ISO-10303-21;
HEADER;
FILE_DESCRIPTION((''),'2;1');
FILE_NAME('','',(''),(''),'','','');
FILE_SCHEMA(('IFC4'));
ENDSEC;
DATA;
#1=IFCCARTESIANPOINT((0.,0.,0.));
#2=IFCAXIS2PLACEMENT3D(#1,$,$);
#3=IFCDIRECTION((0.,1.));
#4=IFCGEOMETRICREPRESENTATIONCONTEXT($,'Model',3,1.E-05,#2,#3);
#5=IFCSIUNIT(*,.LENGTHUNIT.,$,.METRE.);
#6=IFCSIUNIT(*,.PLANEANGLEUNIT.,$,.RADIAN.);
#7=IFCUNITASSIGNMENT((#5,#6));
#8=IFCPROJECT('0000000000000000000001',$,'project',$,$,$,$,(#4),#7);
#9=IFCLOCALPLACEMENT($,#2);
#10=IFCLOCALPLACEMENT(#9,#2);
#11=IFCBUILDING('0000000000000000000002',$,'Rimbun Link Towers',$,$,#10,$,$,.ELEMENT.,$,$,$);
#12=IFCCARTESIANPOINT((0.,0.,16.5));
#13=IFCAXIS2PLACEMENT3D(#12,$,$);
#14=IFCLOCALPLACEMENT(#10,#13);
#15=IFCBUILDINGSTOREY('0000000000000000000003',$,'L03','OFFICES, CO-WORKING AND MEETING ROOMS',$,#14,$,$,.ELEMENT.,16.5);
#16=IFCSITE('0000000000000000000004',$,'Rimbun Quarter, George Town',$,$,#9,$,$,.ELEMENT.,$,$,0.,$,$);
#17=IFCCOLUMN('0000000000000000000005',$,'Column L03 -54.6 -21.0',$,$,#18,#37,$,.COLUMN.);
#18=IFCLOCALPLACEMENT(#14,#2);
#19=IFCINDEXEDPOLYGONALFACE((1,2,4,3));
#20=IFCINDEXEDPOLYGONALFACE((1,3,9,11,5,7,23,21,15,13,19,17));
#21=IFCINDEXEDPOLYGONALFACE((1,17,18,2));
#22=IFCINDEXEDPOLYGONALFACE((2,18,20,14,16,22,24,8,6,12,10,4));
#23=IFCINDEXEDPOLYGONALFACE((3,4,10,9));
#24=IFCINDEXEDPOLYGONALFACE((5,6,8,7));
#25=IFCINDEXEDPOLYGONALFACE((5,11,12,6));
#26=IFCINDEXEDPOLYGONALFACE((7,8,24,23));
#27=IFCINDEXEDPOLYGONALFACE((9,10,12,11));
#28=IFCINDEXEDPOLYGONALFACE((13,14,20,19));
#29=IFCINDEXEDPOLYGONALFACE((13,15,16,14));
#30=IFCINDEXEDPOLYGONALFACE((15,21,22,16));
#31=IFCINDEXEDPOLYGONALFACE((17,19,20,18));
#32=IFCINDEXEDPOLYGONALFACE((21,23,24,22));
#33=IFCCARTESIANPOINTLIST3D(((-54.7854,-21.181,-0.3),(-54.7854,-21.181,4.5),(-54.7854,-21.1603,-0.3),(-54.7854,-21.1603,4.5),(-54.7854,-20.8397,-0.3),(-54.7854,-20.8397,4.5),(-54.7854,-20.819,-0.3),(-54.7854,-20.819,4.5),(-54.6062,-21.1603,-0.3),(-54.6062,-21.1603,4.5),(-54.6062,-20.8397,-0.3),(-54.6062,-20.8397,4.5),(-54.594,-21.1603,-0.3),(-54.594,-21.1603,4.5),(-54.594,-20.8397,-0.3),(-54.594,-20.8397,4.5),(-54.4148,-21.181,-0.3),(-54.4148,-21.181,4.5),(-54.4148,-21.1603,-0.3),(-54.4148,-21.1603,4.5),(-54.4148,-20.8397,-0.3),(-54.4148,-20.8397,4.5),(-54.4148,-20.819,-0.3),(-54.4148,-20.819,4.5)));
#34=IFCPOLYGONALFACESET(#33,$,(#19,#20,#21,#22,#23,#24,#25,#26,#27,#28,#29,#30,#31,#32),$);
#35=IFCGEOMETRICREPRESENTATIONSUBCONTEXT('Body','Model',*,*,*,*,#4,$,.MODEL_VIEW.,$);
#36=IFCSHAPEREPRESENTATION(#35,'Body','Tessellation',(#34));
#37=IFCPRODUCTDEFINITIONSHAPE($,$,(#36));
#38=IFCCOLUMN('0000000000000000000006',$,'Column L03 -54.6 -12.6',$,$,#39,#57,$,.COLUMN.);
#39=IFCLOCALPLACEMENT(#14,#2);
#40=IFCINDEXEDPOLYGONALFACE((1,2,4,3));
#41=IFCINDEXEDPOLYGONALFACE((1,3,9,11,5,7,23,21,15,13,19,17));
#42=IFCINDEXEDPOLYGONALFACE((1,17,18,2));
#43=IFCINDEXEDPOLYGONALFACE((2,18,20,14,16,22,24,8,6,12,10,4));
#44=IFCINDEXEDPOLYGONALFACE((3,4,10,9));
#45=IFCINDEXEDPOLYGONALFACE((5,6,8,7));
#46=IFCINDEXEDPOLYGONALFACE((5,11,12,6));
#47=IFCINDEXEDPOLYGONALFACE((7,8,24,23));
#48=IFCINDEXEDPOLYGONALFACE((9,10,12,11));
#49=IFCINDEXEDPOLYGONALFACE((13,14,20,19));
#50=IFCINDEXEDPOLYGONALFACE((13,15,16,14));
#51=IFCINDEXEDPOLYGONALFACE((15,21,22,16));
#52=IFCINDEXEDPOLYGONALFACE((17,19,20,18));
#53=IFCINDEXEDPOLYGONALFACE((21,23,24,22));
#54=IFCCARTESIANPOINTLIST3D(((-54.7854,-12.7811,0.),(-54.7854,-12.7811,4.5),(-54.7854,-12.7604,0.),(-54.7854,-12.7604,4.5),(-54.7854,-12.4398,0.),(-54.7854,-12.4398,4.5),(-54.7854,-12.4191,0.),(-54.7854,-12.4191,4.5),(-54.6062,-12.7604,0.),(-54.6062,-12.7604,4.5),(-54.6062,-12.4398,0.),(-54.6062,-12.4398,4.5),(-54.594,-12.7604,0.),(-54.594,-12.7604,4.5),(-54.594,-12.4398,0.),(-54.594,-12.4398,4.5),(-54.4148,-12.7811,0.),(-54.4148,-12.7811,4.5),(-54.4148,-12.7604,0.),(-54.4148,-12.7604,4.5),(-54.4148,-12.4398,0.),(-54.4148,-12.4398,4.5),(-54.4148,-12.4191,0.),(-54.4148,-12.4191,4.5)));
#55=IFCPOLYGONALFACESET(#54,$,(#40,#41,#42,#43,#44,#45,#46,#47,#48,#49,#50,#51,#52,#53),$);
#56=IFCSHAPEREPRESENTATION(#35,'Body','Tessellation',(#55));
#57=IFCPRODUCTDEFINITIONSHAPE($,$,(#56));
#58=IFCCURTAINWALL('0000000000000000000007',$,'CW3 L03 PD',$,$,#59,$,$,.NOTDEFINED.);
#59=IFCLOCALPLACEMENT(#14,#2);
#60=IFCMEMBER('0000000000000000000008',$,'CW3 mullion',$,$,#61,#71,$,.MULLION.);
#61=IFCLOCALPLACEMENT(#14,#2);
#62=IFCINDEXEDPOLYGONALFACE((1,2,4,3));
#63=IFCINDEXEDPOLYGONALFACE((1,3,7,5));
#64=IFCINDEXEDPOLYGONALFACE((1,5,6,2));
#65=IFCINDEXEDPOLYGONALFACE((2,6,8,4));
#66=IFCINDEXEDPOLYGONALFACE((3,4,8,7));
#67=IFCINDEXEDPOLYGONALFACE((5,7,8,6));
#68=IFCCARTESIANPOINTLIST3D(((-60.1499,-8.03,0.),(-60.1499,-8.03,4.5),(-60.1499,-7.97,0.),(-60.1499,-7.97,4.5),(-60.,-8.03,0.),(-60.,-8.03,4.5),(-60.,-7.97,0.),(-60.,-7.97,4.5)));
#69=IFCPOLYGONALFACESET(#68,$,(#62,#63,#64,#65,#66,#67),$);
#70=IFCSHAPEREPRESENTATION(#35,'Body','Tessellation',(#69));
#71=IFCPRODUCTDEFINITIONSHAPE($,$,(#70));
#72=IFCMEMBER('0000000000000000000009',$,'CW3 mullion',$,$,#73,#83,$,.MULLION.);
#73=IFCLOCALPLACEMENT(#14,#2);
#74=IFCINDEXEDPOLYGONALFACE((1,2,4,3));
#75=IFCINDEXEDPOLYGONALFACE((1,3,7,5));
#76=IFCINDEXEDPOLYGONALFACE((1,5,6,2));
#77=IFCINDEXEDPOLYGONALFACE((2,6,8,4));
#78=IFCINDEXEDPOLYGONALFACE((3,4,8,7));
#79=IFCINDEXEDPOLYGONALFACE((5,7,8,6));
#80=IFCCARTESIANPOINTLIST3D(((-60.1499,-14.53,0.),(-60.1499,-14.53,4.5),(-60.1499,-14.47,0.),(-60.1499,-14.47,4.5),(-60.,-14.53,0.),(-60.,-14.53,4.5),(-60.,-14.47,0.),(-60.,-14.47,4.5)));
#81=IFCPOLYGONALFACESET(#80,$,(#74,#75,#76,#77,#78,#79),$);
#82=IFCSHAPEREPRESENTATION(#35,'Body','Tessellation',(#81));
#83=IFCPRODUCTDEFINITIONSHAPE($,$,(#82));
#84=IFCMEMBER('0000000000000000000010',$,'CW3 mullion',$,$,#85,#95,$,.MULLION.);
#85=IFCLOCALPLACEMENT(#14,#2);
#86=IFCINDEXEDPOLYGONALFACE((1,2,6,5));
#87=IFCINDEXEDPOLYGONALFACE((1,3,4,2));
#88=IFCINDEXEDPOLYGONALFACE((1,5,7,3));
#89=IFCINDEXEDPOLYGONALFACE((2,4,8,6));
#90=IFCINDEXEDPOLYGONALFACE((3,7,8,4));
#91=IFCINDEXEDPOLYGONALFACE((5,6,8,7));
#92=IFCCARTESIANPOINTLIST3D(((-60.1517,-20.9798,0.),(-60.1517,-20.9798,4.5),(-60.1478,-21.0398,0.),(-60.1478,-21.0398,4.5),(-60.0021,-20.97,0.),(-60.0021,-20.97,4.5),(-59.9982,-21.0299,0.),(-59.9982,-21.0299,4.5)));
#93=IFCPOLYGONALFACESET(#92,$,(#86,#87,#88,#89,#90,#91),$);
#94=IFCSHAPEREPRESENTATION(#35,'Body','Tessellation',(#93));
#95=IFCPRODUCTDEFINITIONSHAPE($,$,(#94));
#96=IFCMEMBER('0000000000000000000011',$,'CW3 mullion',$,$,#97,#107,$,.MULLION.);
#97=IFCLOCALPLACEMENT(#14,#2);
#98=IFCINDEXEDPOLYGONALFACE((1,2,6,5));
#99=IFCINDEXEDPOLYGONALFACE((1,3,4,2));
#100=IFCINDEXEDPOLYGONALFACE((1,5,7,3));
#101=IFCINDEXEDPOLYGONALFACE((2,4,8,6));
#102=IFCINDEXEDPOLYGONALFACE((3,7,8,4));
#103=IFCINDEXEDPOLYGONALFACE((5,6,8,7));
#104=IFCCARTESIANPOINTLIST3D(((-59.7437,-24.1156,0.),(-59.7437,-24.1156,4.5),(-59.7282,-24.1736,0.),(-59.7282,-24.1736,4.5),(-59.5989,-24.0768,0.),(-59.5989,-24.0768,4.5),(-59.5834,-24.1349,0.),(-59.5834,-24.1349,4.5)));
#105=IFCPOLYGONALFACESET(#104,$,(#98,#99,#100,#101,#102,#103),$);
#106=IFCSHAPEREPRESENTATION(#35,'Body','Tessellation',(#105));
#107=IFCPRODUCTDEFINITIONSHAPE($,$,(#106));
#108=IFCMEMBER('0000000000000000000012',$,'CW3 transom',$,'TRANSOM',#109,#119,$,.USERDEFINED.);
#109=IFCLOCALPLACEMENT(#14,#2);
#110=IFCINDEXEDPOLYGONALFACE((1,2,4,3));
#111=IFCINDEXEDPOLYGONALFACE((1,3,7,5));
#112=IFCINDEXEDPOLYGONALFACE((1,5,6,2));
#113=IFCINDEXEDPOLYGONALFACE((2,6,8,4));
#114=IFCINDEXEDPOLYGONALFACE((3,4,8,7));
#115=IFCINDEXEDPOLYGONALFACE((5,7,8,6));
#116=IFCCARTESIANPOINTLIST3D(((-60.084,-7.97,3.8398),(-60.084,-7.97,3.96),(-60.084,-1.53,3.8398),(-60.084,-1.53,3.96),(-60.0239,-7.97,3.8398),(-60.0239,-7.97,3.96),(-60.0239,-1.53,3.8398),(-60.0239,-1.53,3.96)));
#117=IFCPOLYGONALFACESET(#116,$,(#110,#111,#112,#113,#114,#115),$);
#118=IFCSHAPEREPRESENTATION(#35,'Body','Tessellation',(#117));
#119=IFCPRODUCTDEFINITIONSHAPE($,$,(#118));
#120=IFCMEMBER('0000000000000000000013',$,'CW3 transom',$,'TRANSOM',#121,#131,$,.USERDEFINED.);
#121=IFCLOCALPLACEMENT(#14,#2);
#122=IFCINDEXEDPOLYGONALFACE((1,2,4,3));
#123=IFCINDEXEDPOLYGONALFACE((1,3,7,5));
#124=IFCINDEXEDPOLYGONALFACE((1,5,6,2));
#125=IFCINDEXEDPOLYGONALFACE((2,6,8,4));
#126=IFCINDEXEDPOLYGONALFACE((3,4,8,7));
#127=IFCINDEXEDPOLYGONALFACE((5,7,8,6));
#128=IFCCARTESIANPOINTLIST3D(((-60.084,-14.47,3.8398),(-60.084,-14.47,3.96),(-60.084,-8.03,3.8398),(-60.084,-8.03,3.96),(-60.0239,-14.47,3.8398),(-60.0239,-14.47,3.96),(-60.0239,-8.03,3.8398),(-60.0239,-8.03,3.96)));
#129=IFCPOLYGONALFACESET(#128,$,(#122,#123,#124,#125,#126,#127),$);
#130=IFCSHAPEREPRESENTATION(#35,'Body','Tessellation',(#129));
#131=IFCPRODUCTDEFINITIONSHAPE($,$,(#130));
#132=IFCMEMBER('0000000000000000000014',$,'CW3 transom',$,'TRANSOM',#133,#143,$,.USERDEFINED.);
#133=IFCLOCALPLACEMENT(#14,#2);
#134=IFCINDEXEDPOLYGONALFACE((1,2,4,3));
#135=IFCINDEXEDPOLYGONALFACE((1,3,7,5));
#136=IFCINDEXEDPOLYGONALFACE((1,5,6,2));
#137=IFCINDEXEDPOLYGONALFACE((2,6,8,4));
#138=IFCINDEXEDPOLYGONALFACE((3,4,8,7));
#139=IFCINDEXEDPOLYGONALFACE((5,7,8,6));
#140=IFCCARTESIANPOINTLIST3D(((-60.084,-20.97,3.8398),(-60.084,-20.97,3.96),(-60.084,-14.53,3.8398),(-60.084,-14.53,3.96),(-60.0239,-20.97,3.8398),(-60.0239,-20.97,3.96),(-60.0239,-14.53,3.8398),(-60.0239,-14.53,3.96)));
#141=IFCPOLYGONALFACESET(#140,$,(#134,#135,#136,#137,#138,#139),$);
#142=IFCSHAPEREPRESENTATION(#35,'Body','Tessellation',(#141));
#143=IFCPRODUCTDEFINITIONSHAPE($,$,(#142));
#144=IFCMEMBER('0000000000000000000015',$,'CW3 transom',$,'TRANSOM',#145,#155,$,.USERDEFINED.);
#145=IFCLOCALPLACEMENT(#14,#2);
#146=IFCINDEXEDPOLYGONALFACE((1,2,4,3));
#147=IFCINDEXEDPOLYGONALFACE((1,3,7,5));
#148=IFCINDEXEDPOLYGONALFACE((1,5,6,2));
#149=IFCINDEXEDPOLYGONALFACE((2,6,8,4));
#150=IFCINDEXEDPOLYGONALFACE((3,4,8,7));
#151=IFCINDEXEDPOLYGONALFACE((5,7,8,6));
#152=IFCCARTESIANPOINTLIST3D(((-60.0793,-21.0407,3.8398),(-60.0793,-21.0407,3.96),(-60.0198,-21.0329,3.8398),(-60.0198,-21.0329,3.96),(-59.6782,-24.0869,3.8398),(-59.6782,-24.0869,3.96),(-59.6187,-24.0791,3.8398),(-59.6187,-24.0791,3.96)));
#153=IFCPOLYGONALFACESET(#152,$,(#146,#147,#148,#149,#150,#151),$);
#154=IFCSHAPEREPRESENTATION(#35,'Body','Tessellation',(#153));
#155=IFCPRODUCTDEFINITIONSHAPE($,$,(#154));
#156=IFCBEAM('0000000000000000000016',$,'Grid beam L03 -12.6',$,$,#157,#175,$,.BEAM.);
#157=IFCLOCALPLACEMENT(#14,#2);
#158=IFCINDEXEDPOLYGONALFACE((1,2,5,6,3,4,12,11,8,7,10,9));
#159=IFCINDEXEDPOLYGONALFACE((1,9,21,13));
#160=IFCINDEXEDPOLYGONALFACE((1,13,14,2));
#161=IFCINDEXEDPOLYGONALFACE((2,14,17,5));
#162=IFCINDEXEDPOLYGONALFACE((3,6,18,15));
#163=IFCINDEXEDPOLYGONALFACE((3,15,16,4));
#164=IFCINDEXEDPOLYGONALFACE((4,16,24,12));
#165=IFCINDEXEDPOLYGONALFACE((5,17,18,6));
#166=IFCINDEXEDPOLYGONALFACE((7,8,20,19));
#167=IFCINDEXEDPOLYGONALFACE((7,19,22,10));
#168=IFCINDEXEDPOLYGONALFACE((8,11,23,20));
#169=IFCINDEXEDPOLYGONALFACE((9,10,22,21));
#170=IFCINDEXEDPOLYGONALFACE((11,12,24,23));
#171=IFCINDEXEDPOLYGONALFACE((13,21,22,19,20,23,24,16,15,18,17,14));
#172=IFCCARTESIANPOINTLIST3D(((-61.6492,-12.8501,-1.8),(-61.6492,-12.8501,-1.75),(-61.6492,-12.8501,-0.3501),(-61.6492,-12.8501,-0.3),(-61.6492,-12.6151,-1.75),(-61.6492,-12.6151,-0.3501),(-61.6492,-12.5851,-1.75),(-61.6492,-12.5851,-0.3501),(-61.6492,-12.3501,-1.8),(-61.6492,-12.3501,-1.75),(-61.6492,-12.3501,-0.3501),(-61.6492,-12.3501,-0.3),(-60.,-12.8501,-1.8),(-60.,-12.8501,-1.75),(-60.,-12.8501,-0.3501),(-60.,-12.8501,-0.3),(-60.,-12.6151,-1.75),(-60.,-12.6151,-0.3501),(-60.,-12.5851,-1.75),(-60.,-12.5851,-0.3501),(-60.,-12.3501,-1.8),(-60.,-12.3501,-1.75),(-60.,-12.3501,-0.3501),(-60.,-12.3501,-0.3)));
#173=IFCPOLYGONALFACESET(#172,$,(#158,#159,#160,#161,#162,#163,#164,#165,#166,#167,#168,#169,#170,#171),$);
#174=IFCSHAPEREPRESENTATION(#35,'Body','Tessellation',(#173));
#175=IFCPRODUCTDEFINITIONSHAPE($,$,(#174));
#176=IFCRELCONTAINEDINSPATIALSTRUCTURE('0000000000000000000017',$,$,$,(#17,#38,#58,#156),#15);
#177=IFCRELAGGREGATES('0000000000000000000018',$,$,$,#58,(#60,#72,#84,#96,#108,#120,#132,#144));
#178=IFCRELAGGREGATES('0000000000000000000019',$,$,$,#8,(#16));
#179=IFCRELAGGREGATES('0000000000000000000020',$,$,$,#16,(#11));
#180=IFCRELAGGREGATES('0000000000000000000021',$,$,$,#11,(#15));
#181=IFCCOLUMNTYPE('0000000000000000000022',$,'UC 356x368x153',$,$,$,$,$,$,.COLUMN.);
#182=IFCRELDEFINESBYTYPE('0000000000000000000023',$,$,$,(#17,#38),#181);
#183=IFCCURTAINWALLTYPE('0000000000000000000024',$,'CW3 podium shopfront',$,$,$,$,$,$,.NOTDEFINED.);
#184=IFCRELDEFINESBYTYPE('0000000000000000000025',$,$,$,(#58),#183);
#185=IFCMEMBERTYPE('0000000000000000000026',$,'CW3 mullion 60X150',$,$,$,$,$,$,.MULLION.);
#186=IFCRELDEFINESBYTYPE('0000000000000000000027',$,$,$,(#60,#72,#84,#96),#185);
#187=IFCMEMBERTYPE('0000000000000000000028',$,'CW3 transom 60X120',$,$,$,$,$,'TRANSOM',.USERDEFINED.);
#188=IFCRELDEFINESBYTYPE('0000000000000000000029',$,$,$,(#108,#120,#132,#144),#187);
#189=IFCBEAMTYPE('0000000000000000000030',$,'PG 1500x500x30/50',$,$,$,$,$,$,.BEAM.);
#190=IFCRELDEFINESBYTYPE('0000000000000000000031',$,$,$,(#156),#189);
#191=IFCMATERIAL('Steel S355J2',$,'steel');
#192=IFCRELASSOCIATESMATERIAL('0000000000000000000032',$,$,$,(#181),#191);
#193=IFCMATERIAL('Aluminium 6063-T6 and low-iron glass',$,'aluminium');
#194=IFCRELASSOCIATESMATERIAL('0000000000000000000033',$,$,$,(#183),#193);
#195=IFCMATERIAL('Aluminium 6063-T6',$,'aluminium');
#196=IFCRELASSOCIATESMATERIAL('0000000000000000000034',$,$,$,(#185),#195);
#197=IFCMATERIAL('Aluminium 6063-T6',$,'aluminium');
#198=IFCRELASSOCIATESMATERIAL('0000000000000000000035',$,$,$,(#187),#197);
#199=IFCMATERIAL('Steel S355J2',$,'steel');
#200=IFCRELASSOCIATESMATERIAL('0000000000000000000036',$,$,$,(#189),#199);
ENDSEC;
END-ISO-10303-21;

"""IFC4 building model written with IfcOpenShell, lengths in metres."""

from ifc_helpers import new_model, si_unit, direction, frame, origin, origin_2d, place, context, subcontext, project, spatial, rectangle, i_section, extrude, material, material_profile, profile_set, type_object, element, aggregate, save


model = new_model("IFC4")

# Units and contexts
model_context = context("Model", 3, precision=1e-05, world=origin(), true_north=direction((0.0, 1.0)))
body_context = subcontext(model_context, "Body", "Model", "MODEL_VIEW")
ifc_project = project(units=[si_unit("LENGTHUNIT", "METRE"), si_unit("PLANEANGLEUNIT", "RADIAN")], contexts=[model_context])

# Site, building, storey
site_placement = place(None, origin())
site = spatial("IfcSite", under=ifc_project, at=site_placement, Name="Rimbun Quarter, George Town", CompositionType="ELEMENT", RefElevation=0.0)
building_placement = place(site_placement, origin())
building = spatial("IfcBuilding", under=site, at=building_placement, Name="Rimbun Link Towers", CompositionType="ELEMENT")
storey_placement = place(building_placement, frame((0.0, 0.0, 16.5)))
storey = spatial("IfcBuildingStorey", under=building, at=storey_placement, Name="L03", Description="OFFICES, CO-WORKING AND MEETING ROOMS", CompositionType="ELEMENT", Elevation=16.5)

# Columns
ifc_material_1 = material(Name="Steel S355J2", Category="steel")
ifc_material_profile_1 = material_profile(ifc_material_1, i_section(OverallWidth=0.3706, OverallDepth=0.3621, WebThickness=0.0122, FlangeThickness=0.0208, at=origin_2d()), Name="UC 356x368x153")
ifc_profile_set_1 = profile_set([ifc_material_profile_1], Name="Steel S355J2")
column_type = type_object("IfcColumnType", Name="UC 356x368x153", PredefinedType="COLUMN", material=ifc_profile_set_1)
column_1_placement = place(storey_placement, frame((-54.6001, -21.0, -0.3), z_axis=(0.0, 0.0, 1.0), x_axis=(1.0, 0.0, 0.0)))
element("IfcColumn", 1, at=column_1_placement, inside=storey, type_object=column_type, Name="Column L03 -54.6 -21.0", PredefinedType="COLUMN", context=body_context, shape_type="SweptSolid", body=[
    extrude(i_section(OverallWidth=0.3706, OverallDepth=0.3621, WebThickness=0.0122, FlangeThickness=0.0208, at=origin_2d()), origin(), (0.0, 0.0, 1.0), 4.8),
])
column_2_placement = place(storey_placement, frame((-54.6001, -12.6001, 0.0), z_axis=(0.0, 0.0, 1.0), x_axis=(1.0, 0.0, 0.0)))
element("IfcColumn", 2, at=column_2_placement, inside=storey, type_object=column_type, Name="Column L03 -54.6 -12.6", PredefinedType="COLUMN", context=body_context, shape_type="SweptSolid", body=[
    extrude(i_section(OverallWidth=0.3706, OverallDepth=0.3621, WebThickness=0.0122, FlangeThickness=0.0208, at=origin_2d()), origin(), (0.0, 0.0, 1.0), 4.5),
])

# Curtain wall, members
ifc_material_2 = material(Name="Aluminium 6063-T6 and low-iron glass", Category="aluminium")
curtain_wall_type = type_object("IfcCurtainWallType", Name="CW3 podium shopfront", PredefinedType="NOTDEFINED", material=ifc_material_2)
curtain_wall_placement = place(storey_placement, origin())
curtain_wall = element("IfcCurtainWall", 3, at=curtain_wall_placement, inside=storey, type_object=curtain_wall_type, Name="CW3 L03 PD", PredefinedType="NOTDEFINED")
ifc_material_3 = material(Name="Aluminium 6063-T6", Category="aluminium")
ifc_material_profile_2 = material_profile(ifc_material_3, rectangle(XDim=0.1499, YDim=0.0601, at=origin_2d()), Name="MULLION 60X150")
ifc_profile_set_2 = profile_set([ifc_material_profile_2], Name="Aluminium 6063-T6")
member_type_1 = type_object("IfcMemberType", Name="CW3 mullion 60X150", PredefinedType="MULLION", material=ifc_profile_set_2)
member_1_placement = place(storey_placement, frame((-60.075, -8.0, 0.0), z_axis=(0.0, 0.0, 1.0), x_axis=(-1.0, 0.0, 0.0)))
member_1 = element("IfcMember", 4, at=member_1_placement, type_object=member_type_1, Name="CW3 mullion", PredefinedType="MULLION", context=body_context, shape_type="SweptSolid", body=[
    extrude(rectangle(XDim=0.1499, YDim=0.0601, at=origin_2d()), origin(), (0.0, 0.0, 1.0), 4.5),
])
member_2_placement = place(storey_placement, frame((-60.075, -14.5, 0.0), z_axis=(0.0, 0.0, 1.0), x_axis=(-1.0, 0.0, 0.0)))
member_2 = element("IfcMember", 5, at=member_2_placement, type_object=member_type_1, Name="CW3 mullion", PredefinedType="MULLION", context=body_context, shape_type="SweptSolid", body=[
    extrude(rectangle(XDim=0.1499, YDim=0.0601, at=origin_2d()), origin(), (0.0, 0.0, 1.0), 4.5),
])
member_3_placement = place(storey_placement, frame((-60.075, -21.0049, 0.0), z_axis=(0.0, 0.0, 1.0), x_axis=(-0.997859, -0.065405, 0.0)))
member_3 = element("IfcMember", 6, at=member_3_placement, type_object=member_type_1, Name="CW3 mullion", PredefinedType="MULLION", context=body_context, shape_type="SweptSolid", body=[
    extrude(rectangle(XDim=0.1499, YDim=0.0601, at=origin_2d()), origin(), (0.0, 0.0, 1.0), 4.5),
])
member_4_placement = place(storey_placement, frame((-59.6636, -24.1252, 0.0), z_axis=(0.0, 0.0, 1.0), x_axis=(-0.965926, -0.258819, 0.0)))
member_4 = element("IfcMember", 7, at=member_4_placement, type_object=member_type_1, Name="CW3 mullion", PredefinedType="MULLION", context=body_context, shape_type="SweptSolid", body=[
    extrude(rectangle(XDim=0.1499, YDim=0.0601, at=origin_2d()), origin(), (0.0, 0.0, 1.0), 4.5),
])
ifc_material_4 = material(Name="Aluminium 6063-T6", Category="aluminium")
ifc_material_profile_3 = material_profile(ifc_material_4, rectangle(XDim=0.0601, YDim=0.1201, at=origin_2d()), Name="TRANSOM 60X120")
ifc_profile_set_3 = profile_set([ifc_material_profile_3], Name="Aluminium 6063-T6")
member_type_2 = type_object("IfcMemberType", Name="CW3 transom 60X120", ElementType="TRANSOM", PredefinedType="USERDEFINED", material=ifc_profile_set_3)
member_5_placement = place(storey_placement, frame((-60.054, -7.97, 3.8999), z_axis=(0.0, 1.0, 0.0), x_axis=(-1.0, 0.0, 0.0)))
member_5 = element("IfcMember", 8, at=member_5_placement, type_object=member_type_2, Name="CW3 transom", ObjectType="TRANSOM", PredefinedType="USERDEFINED", context=body_context, shape_type="SweptSolid", body=[
    extrude(rectangle(XDim=0.0601, YDim=0.1201, at=origin_2d()), origin(), (0.0, 0.0, 1.0), 6.4399),
])
member_6_placement = place(storey_placement, frame((-60.054, -14.47, 3.8999), z_axis=(0.0, 1.0, 0.0), x_axis=(-1.0, 0.0, 0.0)))
member_6 = element("IfcMember", 9, at=member_6_placement, type_object=member_type_2, Name="CW3 transom", ObjectType="TRANSOM", PredefinedType="USERDEFINED", context=body_context, shape_type="SweptSolid", body=[
    extrude(rectangle(XDim=0.0601, YDim=0.1201, at=origin_2d()), origin(), (0.0, 0.0, 1.0), 6.4399),
])
member_7_placement = place(storey_placement, frame((-60.054, -20.97, 3.8999), z_axis=(0.0, 1.0, 0.0), x_axis=(-1.0, 0.0, 0.0)))
member_7 = element("IfcMember", 10, at=member_7_placement, type_object=member_type_2, Name="CW3 transom", ObjectType="TRANSOM", PredefinedType="USERDEFINED", context=body_context, shape_type="SweptSolid", body=[
    extrude(rectangle(XDim=0.0601, YDim=0.1201, at=origin_2d()), origin(), (0.0, 0.0, 1.0), 6.4399),
])
member_8_placement = place(storey_placement, frame((-59.6484, -24.083, 3.8999), z_axis=(-0.130555, 0.991441, 0.0), x_axis=(-0.991441, -0.130555, 0.0)))
member_8 = element("IfcMember", 11, at=member_8_placement, type_object=member_type_2, Name="CW3 transom", ObjectType="TRANSOM", PredefinedType="USERDEFINED", context=body_context, shape_type="SweptSolid", body=[
    extrude(rectangle(XDim=0.0601, YDim=0.1201, at=origin_2d()), origin(), (0.0, 0.0, 1.0), 3.0725),
])

# Beam
ifc_material_5 = material(Name="Steel S355J2", Category="steel")
ifc_material_profile_4 = material_profile(ifc_material_5, i_section(OverallWidth=0.5, OverallDepth=1.5, WebThickness=0.03, FlangeThickness=0.05, at=origin_2d()), Name="PG 1500x500x30/50")
ifc_profile_set_4 = profile_set([ifc_material_profile_4], Name="Steel S355J2")
beam_type = type_object("IfcBeamType", Name="PG 1500x500x30/50", PredefinedType="BEAM", material=ifc_profile_set_4)
beam_1_placement = place(storey_placement, frame((-61.6492, -12.6001, -1.05), z_axis=(1.0, 0.0, 0.0), x_axis=(0.0, 1.0, 0.0)))
element("IfcBeam", 12, at=beam_1_placement, inside=storey, type_object=beam_type, Name="Grid beam L03 -12.6", PredefinedType="BEAM", context=body_context, shape_type="SweptSolid", body=[
    extrude(i_section(OverallWidth=0.5, OverallDepth=1.5, WebThickness=0.03, FlangeThickness=0.05, at=origin_2d()), origin(), (0.0, 0.0, 1.0), 1.6492),
])

aggregate(curtain_wall, [member_1, member_2, member_3, member_4, member_5, member_6, member_7, member_8])

save(model, "model.ifc")
